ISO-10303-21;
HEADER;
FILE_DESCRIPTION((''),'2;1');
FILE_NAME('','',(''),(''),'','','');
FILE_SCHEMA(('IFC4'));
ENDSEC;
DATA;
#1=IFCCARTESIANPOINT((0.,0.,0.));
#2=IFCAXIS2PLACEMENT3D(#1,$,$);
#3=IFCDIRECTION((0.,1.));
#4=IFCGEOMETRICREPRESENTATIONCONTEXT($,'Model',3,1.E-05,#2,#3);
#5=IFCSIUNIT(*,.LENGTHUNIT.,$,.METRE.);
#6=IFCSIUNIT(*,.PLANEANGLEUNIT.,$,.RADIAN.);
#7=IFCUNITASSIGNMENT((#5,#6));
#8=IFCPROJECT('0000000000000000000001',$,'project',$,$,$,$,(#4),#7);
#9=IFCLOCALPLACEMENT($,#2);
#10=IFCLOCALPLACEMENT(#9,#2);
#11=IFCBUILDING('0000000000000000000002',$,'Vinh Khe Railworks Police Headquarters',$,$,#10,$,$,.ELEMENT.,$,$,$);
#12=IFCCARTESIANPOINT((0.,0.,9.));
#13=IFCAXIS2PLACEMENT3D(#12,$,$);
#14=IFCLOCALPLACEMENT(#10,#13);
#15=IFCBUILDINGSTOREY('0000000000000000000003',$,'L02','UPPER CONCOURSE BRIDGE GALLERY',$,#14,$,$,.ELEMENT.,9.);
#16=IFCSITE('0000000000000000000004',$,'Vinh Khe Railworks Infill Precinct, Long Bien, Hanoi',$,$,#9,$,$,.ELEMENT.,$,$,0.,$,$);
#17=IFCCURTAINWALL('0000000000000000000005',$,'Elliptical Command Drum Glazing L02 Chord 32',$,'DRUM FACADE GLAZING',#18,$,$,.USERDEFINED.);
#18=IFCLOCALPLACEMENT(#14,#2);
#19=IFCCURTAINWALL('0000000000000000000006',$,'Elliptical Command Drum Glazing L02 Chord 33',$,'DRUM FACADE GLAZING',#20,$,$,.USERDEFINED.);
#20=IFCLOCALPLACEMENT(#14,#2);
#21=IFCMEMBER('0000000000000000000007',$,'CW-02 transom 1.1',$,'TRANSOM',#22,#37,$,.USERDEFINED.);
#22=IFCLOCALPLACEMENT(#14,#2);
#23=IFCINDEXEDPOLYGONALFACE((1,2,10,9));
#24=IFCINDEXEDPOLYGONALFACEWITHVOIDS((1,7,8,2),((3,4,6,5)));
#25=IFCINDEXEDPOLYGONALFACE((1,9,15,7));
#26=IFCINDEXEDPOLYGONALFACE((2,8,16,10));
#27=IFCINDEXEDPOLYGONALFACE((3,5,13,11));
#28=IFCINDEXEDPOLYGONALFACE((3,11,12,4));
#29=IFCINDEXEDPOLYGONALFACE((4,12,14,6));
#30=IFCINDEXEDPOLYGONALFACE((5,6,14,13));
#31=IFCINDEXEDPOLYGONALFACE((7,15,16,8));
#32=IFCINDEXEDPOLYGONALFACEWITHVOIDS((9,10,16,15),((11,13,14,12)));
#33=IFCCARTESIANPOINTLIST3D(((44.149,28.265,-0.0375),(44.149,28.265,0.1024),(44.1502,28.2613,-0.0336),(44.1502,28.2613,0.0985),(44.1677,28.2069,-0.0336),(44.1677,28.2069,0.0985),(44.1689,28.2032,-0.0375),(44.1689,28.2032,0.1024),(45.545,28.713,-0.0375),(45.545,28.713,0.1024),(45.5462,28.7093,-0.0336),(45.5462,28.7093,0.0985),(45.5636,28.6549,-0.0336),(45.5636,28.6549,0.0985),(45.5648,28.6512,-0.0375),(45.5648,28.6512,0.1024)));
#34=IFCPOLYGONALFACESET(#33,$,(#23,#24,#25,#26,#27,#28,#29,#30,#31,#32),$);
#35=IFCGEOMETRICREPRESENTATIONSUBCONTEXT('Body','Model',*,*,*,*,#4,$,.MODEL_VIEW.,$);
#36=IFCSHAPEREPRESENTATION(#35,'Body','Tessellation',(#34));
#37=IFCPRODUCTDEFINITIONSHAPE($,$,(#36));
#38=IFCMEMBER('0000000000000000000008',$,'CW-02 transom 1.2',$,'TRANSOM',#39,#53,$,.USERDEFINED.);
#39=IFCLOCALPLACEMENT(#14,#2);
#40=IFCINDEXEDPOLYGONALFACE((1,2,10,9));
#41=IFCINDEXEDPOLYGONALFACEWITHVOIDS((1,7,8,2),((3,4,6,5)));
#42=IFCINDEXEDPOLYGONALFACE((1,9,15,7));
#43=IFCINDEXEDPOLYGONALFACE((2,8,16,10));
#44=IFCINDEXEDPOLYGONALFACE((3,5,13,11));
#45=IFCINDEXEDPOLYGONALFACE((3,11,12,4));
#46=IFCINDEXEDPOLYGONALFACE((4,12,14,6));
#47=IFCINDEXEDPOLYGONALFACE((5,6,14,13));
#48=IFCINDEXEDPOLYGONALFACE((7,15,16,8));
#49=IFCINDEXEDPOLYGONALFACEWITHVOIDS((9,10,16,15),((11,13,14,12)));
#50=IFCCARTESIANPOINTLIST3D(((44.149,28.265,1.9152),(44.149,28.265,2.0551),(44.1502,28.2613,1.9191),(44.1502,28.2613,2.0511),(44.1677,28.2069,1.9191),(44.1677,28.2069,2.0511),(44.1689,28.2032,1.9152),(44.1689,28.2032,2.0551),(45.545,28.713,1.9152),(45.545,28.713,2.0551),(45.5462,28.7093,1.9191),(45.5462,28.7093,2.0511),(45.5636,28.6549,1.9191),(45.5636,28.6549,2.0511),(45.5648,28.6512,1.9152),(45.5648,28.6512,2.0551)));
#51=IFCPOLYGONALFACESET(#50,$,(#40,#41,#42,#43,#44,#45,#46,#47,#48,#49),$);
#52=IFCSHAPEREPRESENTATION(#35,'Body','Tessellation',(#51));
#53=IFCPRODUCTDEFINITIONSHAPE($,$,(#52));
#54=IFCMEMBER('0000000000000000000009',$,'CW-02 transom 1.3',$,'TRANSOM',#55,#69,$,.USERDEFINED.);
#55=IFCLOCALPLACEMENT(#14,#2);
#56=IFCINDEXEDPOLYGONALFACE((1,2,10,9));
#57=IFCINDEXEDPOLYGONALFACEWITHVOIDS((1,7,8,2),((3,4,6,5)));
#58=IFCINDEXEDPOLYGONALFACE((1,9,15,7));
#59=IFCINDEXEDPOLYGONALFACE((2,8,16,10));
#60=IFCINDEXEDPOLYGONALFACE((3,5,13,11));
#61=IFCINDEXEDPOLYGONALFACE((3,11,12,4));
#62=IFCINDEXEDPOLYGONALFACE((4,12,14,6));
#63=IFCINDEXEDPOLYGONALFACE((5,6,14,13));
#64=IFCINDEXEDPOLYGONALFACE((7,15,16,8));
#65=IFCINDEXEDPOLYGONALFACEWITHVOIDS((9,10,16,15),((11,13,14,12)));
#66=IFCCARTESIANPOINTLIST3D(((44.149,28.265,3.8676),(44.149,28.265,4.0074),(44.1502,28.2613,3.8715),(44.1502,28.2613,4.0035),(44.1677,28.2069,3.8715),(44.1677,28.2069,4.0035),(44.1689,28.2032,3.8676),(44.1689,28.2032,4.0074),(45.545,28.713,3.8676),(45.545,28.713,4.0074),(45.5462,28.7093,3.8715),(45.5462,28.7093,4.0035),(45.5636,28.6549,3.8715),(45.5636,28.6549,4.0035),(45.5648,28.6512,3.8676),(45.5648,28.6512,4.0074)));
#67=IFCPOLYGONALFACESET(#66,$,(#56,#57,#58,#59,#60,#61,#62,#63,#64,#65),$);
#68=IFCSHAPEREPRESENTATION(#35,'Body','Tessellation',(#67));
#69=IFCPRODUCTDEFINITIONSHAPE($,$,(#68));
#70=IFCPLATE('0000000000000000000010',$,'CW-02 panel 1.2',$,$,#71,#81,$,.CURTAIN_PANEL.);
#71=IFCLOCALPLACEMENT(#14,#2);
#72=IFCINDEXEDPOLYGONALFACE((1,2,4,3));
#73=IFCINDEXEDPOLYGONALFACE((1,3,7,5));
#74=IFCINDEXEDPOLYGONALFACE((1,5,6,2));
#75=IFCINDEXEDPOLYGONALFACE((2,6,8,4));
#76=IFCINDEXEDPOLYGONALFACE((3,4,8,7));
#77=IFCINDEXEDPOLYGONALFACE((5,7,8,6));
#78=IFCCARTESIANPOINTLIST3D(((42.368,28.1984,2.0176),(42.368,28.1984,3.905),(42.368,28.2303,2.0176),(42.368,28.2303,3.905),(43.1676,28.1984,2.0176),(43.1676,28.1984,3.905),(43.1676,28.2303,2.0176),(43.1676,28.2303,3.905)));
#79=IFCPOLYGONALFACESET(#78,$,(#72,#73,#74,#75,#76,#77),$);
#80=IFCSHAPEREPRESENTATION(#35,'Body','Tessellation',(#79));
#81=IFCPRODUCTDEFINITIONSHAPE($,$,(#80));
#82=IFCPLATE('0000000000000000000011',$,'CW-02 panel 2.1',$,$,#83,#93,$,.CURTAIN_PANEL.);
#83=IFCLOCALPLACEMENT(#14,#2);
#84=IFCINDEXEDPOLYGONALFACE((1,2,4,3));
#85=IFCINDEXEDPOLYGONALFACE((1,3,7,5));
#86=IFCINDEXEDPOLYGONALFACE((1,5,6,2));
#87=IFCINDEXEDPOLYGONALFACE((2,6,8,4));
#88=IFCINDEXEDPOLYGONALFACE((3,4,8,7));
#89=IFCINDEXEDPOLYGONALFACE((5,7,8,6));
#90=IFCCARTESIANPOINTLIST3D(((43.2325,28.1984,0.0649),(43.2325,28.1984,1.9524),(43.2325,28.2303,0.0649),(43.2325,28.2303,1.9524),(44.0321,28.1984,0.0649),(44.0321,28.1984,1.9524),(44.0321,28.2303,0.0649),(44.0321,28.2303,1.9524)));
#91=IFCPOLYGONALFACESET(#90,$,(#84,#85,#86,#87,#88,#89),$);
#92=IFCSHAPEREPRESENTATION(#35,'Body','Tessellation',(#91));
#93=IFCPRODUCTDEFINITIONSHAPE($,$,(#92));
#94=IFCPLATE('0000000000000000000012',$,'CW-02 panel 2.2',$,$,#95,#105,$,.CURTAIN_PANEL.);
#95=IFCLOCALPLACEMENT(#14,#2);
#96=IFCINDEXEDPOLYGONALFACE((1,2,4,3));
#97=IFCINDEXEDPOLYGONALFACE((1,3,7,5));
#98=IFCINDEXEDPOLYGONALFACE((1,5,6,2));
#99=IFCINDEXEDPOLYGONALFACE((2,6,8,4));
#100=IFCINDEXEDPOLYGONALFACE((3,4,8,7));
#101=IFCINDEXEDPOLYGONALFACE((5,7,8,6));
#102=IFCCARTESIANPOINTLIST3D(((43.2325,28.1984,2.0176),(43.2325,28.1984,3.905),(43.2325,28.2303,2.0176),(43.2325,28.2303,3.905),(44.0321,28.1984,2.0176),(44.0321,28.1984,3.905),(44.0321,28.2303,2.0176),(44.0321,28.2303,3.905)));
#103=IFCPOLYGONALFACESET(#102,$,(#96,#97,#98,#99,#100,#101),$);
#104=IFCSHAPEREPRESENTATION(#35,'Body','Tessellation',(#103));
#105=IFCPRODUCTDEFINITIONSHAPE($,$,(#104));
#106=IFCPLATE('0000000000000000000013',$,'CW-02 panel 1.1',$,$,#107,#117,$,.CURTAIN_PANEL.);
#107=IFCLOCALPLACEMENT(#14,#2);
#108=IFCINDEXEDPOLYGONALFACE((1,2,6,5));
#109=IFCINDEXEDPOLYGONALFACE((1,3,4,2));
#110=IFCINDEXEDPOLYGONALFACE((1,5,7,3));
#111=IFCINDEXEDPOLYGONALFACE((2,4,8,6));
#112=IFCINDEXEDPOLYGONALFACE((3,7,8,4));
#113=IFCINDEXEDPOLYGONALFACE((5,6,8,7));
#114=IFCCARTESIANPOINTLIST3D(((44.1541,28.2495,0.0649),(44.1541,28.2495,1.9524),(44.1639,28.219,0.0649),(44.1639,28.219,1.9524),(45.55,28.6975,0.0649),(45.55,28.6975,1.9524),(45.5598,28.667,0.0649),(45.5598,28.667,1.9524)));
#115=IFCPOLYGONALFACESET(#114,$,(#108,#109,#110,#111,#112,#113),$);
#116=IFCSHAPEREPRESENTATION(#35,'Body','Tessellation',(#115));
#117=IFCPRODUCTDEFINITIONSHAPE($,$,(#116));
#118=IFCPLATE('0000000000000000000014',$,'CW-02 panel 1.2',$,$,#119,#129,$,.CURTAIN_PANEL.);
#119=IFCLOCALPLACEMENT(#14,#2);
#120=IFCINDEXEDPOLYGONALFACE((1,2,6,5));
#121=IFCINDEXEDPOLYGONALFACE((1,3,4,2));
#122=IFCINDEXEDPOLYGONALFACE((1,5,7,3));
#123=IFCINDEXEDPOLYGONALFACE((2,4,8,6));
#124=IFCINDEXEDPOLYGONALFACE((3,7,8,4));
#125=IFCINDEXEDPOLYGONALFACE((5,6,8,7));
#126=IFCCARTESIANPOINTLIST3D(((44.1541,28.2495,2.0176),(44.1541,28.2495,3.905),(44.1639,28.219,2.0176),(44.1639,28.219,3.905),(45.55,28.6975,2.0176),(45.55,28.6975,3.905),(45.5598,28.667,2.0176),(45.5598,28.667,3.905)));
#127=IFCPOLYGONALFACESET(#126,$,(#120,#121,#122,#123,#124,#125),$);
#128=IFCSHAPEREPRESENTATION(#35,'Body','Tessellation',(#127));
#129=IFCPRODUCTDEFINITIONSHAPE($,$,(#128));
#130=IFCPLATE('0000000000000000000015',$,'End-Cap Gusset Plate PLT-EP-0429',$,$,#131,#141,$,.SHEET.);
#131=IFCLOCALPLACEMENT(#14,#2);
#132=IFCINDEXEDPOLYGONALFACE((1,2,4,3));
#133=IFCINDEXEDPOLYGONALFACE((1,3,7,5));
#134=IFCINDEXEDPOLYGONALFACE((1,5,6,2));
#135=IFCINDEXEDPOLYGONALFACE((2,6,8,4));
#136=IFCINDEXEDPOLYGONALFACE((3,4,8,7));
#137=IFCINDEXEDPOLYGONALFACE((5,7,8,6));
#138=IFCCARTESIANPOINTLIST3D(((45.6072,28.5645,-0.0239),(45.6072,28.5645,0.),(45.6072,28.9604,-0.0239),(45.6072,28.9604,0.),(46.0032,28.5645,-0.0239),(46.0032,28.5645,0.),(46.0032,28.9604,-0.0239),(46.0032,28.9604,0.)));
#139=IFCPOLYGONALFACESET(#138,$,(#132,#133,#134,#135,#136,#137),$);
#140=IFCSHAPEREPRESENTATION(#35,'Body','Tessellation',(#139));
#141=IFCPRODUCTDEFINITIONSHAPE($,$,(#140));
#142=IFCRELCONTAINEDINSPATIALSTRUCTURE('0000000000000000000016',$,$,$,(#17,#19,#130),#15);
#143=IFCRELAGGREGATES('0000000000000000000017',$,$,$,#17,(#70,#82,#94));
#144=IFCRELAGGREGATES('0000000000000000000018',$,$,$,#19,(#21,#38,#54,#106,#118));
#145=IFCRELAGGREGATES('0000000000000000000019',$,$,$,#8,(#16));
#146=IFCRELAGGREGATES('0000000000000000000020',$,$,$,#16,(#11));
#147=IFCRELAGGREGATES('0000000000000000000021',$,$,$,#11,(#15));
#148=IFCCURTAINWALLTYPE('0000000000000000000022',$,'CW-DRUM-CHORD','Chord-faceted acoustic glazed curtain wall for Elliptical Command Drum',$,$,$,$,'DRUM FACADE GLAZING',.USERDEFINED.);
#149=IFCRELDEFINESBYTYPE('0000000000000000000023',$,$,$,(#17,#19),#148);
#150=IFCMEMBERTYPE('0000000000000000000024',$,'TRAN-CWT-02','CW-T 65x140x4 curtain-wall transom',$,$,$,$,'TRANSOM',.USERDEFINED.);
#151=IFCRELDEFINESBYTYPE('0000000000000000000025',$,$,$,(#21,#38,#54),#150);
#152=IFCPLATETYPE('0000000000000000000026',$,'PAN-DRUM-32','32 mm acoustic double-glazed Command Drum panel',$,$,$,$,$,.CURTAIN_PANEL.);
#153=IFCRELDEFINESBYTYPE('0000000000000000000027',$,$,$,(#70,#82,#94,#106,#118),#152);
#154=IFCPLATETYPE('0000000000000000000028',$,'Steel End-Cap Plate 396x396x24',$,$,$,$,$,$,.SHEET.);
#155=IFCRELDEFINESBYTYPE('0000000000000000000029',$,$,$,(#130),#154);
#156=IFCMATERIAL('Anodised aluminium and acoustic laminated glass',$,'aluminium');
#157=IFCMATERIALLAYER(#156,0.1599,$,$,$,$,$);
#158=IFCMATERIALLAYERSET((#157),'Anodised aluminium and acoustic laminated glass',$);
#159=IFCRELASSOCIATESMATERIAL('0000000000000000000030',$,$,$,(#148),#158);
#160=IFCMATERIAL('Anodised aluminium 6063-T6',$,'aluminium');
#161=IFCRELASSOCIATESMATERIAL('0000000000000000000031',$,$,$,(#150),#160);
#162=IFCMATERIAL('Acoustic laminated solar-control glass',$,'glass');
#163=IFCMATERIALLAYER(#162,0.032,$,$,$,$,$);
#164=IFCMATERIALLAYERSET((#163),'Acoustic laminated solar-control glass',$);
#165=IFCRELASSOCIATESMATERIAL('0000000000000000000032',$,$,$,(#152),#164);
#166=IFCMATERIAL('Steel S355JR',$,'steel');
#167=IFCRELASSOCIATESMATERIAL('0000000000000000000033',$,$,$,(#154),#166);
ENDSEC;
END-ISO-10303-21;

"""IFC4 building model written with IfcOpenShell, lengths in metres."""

from ifc_helpers import new_model, si_unit, direction, frame, origin, origin_2d, place, context, subcontext, project, spatial, rectangle, hollow_rectangle, extrude, material, layer, layer_set, material_profile, profile_set, type_object, element, aggregate, save


model = new_model("IFC4")

# Units and contexts
model_context = context("Model", 3, precision=1e-05, world=origin(), true_north=direction((0.0, 1.0)))
body_context = subcontext(model_context, "Body", "Model", "MODEL_VIEW")
ifc_project = project(units=[si_unit("LENGTHUNIT", "METRE"), si_unit("PLANEANGLEUNIT", "RADIAN")], contexts=[model_context])

# Site, building, storey
site_placement = place(None, origin())
site = spatial("IfcSite", under=ifc_project, at=site_placement, Name="Vinh Khe Railworks Infill Precinct, Long Bien, Hanoi", CompositionType="ELEMENT", RefElevation=0.0)
building_placement = place(site_placement, origin())
building = spatial("IfcBuilding", under=site, at=building_placement, Name="Vinh Khe Railworks Police Headquarters", CompositionType="ELEMENT")
storey_placement = place(building_placement, frame((0.0, 0.0, 9.0)))
storey = spatial("IfcBuildingStorey", under=building, at=storey_placement, Name="L02", Description="UPPER CONCOURSE BRIDGE GALLERY", CompositionType="ELEMENT", Elevation=9.0)

# Shared definitions
ifc_material_1 = material(Name="Steel S355JR", Category="steel")

# Curtain walls
ifc_material_2 = material(Name="Anodised aluminium and acoustic laminated glass", Category="aluminium")
ifc_layer_1 = layer(ifc_material_2, 0.1599)
ifc_layer_set_1 = layer_set([ifc_layer_1], Name="Anodised aluminium and acoustic laminated glass")
curtain_wall_type = type_object("IfcCurtainWallType", Name="CW-DRUM-CHORD", Description="Chord-faceted acoustic glazed curtain wall for Elliptical Command Drum", ElementType="DRUM FACADE GLAZING", PredefinedType="USERDEFINED", material=ifc_layer_set_1)
curtain_wall_1_placement = place(storey_placement, origin())
curtain_wall_1 = element("IfcCurtainWall", 1, at=curtain_wall_1_placement, inside=storey, type_object=curtain_wall_type, Name="Elliptical Command Drum Glazing L02 Chord 32", ObjectType="DRUM FACADE GLAZING", PredefinedType="USERDEFINED")
ifc_material_3 = material(Name="Anodised aluminium 6063-T6", Category="aluminium")
curtain_wall_2_placement = place(storey_placement, origin())
curtain_wall_2 = element("IfcCurtainWall", 2, at=curtain_wall_2_placement, inside=storey, type_object=curtain_wall_type, Name="Elliptical Command Drum Glazing L02 Chord 33", ObjectType="DRUM FACADE GLAZING", PredefinedType="USERDEFINED")

# Members
ifc_material_profile_1 = material_profile(ifc_material_3, hollow_rectangle(XDim=0.0649, YDim=0.1399, WallThickness=0.0039, at=origin_2d()), Name="CW-T 65x140x4")
ifc_profile_set_1 = profile_set([ifc_material_profile_1], Name="Anodised aluminium 6063-T6")
member_type_1 = type_object("IfcMemberType", Name="TRAN-CWT-02", Description="CW-T 65x140x4 curtain-wall transom", ElementType="TRANSOM", PredefinedType="USERDEFINED", material=ifc_profile_set_1)
member_1_placement = place(storey_placement, frame((44.1589, 28.2341, 0.0325), z_axis=(0.952171, 0.305567, 0.0), x_axis=(-0.305567, 0.952171, 0.0)))
member_1 = element("IfcMember", 3, at=member_1_placement, type_object=member_type_1, Name="CW-02 transom 1.1", ObjectType="TRANSOM", PredefinedType="USERDEFINED", context=body_context, shape_type="SweptSolid", body=[
    extrude(hollow_rectangle(XDim=0.0649, YDim=0.1399, WallThickness=0.0039, at=origin_2d()), origin(), (0.0, 0.0, 1.0), 1.4661),
])
member_2_placement = place(storey_placement, frame((44.1589, 28.2341, 1.9851), z_axis=(0.952171, 0.305567, 0.0), x_axis=(-0.305567, 0.952171, 0.0)))
member_2 = element("IfcMember", 4, at=member_2_placement, type_object=member_type_1, Name="CW-02 transom 1.2", ObjectType="TRANSOM", PredefinedType="USERDEFINED", context=body_context, shape_type="SweptSolid", body=[
    extrude(hollow_rectangle(XDim=0.0649, YDim=0.1399, WallThickness=0.0039, at=origin_2d()), origin(), (0.0, 0.0, 1.0), 1.4661),
])
member_3_placement = place(storey_placement, frame((44.1589, 28.2341, 3.9375), z_axis=(0.952171, 0.305567, 0.0), x_axis=(-0.305567, 0.952171, 0.0)))
member_3 = element("IfcMember", 5, at=member_3_placement, type_object=member_type_1, Name="CW-02 transom 1.3", ObjectType="TRANSOM", PredefinedType="USERDEFINED", context=body_context, shape_type="SweptSolid", body=[
    extrude(hollow_rectangle(XDim=0.0649, YDim=0.1399, WallThickness=0.0039, at=origin_2d()), origin(), (0.0, 0.0, 1.0), 1.4661),
])

# Plates
ifc_material_4 = material(Name="Acoustic laminated solar-control glass", Category="glass")
ifc_layer_2 = layer(ifc_material_4, 0.032)
ifc_layer_set_2 = layer_set([ifc_layer_2], Name="Acoustic laminated solar-control glass")
plate_type_1 = type_object("IfcPlateType", Name="PAN-DRUM-32", Description="32 mm acoustic double-glazed Command Drum panel", PredefinedType="CURTAIN_PANEL", material=ifc_layer_set_2)
plate_1_placement = place(storey_placement, frame((42.7678, 28.2144, 2.0176), z_axis=(0.0, 0.0, 1.0), x_axis=(1.0, 0.0, 0.0)))
plate_1 = element("IfcPlate", 6, at=plate_1_placement, type_object=plate_type_1, Name="CW-02 panel 1.2", PredefinedType="CURTAIN_PANEL", context=body_context, shape_type="SweptSolid", body=[
    extrude(rectangle(XDim=0.7996, YDim=0.032, at=origin_2d()), origin(), (0.0, 0.0, 1.0), 1.8875),
])
plate_2_placement = place(storey_placement, frame((43.6323, 28.2144, 0.0649), z_axis=(0.0, 0.0, 1.0), x_axis=(1.0, 0.0, 0.0)))
plate_2 = element("IfcPlate", 7, at=plate_2_placement, type_object=plate_type_1, Name="CW-02 panel 2.1", PredefinedType="CURTAIN_PANEL", context=body_context, shape_type="SweptSolid", body=[
    extrude(rectangle(XDim=0.7996, YDim=0.032, at=origin_2d()), origin(), (0.0, 0.0, 1.0), 1.8875),
])
plate_3_placement = place(storey_placement, frame((43.6323, 28.2144, 2.0176), z_axis=(0.0, 0.0, 1.0), x_axis=(1.0, 0.0, 0.0)))
plate_3 = element("IfcPlate", 8, at=plate_3_placement, type_object=plate_type_1, Name="CW-02 panel 2.2", PredefinedType="CURTAIN_PANEL", context=body_context, shape_type="SweptSolid", body=[
    extrude(rectangle(XDim=0.7996, YDim=0.032, at=origin_2d()), origin(), (0.0, 0.0, 1.0), 1.8875),
])
aggregate(curtain_wall_1, [plate_1, plate_2, plate_3])
plate_4_placement = place(storey_placement, frame((44.8569, 28.4583, 0.0649), z_axis=(0.0, 0.0, 1.0), x_axis=(0.952168, 0.305575, 0.0)))
plate_4 = element("IfcPlate", 9, at=plate_4_placement, type_object=plate_type_1, Name="CW-02 panel 1.1", PredefinedType="CURTAIN_PANEL", context=body_context, shape_type="SweptSolid", body=[
    extrude(rectangle(XDim=1.4661, YDim=0.032, at=origin_2d()), origin(), (0.0, 0.0, 1.0), 1.8875),
])
plate_5_placement = place(storey_placement, frame((44.8569, 28.4583, 2.0176), z_axis=(0.0, 0.0, 1.0), x_axis=(0.952168, 0.305575, 0.0)))
plate_5 = element("IfcPlate", 10, at=plate_5_placement, type_object=plate_type_1, Name="CW-02 panel 1.2", PredefinedType="CURTAIN_PANEL", context=body_context, shape_type="SweptSolid", body=[
    extrude(rectangle(XDim=1.4661, YDim=0.032, at=origin_2d()), origin(), (0.0, 0.0, 1.0), 1.8875),
])
aggregate(curtain_wall_2, [member_1, member_2, member_3, plate_4, plate_5])
ifc_material_profile_2 = material_profile(ifc_material_1, rectangle(XDim=0.396, YDim=0.396, at=origin_2d()), Name="PL 396x396")
ifc_profile_set_2 = profile_set([ifc_material_profile_2], Name="Steel S355JR")
plate_type_2 = type_object("IfcPlateType", Name="Steel End-Cap Plate 396x396x24", PredefinedType="SHEET", material=ifc_profile_set_2)
plate_6_placement = place(storey_placement, frame((45.8052, 28.7625, 0.0), z_axis=(0.0, 0.0, -1.0), x_axis=(1.0, 0.0, 0.0)))
element("IfcPlate", 11, at=plate_6_placement, inside=storey, type_object=plate_type_2, Name="End-Cap Gusset Plate PLT-EP-0429", PredefinedType="SHEET", context=body_context, shape_type="SweptSolid", body=[
    extrude(rectangle(XDim=0.396, YDim=0.396, at=origin_2d()), origin(), (0.0, 0.0, 1.0), 0.0239),
])

save(model, "model.ifc")
